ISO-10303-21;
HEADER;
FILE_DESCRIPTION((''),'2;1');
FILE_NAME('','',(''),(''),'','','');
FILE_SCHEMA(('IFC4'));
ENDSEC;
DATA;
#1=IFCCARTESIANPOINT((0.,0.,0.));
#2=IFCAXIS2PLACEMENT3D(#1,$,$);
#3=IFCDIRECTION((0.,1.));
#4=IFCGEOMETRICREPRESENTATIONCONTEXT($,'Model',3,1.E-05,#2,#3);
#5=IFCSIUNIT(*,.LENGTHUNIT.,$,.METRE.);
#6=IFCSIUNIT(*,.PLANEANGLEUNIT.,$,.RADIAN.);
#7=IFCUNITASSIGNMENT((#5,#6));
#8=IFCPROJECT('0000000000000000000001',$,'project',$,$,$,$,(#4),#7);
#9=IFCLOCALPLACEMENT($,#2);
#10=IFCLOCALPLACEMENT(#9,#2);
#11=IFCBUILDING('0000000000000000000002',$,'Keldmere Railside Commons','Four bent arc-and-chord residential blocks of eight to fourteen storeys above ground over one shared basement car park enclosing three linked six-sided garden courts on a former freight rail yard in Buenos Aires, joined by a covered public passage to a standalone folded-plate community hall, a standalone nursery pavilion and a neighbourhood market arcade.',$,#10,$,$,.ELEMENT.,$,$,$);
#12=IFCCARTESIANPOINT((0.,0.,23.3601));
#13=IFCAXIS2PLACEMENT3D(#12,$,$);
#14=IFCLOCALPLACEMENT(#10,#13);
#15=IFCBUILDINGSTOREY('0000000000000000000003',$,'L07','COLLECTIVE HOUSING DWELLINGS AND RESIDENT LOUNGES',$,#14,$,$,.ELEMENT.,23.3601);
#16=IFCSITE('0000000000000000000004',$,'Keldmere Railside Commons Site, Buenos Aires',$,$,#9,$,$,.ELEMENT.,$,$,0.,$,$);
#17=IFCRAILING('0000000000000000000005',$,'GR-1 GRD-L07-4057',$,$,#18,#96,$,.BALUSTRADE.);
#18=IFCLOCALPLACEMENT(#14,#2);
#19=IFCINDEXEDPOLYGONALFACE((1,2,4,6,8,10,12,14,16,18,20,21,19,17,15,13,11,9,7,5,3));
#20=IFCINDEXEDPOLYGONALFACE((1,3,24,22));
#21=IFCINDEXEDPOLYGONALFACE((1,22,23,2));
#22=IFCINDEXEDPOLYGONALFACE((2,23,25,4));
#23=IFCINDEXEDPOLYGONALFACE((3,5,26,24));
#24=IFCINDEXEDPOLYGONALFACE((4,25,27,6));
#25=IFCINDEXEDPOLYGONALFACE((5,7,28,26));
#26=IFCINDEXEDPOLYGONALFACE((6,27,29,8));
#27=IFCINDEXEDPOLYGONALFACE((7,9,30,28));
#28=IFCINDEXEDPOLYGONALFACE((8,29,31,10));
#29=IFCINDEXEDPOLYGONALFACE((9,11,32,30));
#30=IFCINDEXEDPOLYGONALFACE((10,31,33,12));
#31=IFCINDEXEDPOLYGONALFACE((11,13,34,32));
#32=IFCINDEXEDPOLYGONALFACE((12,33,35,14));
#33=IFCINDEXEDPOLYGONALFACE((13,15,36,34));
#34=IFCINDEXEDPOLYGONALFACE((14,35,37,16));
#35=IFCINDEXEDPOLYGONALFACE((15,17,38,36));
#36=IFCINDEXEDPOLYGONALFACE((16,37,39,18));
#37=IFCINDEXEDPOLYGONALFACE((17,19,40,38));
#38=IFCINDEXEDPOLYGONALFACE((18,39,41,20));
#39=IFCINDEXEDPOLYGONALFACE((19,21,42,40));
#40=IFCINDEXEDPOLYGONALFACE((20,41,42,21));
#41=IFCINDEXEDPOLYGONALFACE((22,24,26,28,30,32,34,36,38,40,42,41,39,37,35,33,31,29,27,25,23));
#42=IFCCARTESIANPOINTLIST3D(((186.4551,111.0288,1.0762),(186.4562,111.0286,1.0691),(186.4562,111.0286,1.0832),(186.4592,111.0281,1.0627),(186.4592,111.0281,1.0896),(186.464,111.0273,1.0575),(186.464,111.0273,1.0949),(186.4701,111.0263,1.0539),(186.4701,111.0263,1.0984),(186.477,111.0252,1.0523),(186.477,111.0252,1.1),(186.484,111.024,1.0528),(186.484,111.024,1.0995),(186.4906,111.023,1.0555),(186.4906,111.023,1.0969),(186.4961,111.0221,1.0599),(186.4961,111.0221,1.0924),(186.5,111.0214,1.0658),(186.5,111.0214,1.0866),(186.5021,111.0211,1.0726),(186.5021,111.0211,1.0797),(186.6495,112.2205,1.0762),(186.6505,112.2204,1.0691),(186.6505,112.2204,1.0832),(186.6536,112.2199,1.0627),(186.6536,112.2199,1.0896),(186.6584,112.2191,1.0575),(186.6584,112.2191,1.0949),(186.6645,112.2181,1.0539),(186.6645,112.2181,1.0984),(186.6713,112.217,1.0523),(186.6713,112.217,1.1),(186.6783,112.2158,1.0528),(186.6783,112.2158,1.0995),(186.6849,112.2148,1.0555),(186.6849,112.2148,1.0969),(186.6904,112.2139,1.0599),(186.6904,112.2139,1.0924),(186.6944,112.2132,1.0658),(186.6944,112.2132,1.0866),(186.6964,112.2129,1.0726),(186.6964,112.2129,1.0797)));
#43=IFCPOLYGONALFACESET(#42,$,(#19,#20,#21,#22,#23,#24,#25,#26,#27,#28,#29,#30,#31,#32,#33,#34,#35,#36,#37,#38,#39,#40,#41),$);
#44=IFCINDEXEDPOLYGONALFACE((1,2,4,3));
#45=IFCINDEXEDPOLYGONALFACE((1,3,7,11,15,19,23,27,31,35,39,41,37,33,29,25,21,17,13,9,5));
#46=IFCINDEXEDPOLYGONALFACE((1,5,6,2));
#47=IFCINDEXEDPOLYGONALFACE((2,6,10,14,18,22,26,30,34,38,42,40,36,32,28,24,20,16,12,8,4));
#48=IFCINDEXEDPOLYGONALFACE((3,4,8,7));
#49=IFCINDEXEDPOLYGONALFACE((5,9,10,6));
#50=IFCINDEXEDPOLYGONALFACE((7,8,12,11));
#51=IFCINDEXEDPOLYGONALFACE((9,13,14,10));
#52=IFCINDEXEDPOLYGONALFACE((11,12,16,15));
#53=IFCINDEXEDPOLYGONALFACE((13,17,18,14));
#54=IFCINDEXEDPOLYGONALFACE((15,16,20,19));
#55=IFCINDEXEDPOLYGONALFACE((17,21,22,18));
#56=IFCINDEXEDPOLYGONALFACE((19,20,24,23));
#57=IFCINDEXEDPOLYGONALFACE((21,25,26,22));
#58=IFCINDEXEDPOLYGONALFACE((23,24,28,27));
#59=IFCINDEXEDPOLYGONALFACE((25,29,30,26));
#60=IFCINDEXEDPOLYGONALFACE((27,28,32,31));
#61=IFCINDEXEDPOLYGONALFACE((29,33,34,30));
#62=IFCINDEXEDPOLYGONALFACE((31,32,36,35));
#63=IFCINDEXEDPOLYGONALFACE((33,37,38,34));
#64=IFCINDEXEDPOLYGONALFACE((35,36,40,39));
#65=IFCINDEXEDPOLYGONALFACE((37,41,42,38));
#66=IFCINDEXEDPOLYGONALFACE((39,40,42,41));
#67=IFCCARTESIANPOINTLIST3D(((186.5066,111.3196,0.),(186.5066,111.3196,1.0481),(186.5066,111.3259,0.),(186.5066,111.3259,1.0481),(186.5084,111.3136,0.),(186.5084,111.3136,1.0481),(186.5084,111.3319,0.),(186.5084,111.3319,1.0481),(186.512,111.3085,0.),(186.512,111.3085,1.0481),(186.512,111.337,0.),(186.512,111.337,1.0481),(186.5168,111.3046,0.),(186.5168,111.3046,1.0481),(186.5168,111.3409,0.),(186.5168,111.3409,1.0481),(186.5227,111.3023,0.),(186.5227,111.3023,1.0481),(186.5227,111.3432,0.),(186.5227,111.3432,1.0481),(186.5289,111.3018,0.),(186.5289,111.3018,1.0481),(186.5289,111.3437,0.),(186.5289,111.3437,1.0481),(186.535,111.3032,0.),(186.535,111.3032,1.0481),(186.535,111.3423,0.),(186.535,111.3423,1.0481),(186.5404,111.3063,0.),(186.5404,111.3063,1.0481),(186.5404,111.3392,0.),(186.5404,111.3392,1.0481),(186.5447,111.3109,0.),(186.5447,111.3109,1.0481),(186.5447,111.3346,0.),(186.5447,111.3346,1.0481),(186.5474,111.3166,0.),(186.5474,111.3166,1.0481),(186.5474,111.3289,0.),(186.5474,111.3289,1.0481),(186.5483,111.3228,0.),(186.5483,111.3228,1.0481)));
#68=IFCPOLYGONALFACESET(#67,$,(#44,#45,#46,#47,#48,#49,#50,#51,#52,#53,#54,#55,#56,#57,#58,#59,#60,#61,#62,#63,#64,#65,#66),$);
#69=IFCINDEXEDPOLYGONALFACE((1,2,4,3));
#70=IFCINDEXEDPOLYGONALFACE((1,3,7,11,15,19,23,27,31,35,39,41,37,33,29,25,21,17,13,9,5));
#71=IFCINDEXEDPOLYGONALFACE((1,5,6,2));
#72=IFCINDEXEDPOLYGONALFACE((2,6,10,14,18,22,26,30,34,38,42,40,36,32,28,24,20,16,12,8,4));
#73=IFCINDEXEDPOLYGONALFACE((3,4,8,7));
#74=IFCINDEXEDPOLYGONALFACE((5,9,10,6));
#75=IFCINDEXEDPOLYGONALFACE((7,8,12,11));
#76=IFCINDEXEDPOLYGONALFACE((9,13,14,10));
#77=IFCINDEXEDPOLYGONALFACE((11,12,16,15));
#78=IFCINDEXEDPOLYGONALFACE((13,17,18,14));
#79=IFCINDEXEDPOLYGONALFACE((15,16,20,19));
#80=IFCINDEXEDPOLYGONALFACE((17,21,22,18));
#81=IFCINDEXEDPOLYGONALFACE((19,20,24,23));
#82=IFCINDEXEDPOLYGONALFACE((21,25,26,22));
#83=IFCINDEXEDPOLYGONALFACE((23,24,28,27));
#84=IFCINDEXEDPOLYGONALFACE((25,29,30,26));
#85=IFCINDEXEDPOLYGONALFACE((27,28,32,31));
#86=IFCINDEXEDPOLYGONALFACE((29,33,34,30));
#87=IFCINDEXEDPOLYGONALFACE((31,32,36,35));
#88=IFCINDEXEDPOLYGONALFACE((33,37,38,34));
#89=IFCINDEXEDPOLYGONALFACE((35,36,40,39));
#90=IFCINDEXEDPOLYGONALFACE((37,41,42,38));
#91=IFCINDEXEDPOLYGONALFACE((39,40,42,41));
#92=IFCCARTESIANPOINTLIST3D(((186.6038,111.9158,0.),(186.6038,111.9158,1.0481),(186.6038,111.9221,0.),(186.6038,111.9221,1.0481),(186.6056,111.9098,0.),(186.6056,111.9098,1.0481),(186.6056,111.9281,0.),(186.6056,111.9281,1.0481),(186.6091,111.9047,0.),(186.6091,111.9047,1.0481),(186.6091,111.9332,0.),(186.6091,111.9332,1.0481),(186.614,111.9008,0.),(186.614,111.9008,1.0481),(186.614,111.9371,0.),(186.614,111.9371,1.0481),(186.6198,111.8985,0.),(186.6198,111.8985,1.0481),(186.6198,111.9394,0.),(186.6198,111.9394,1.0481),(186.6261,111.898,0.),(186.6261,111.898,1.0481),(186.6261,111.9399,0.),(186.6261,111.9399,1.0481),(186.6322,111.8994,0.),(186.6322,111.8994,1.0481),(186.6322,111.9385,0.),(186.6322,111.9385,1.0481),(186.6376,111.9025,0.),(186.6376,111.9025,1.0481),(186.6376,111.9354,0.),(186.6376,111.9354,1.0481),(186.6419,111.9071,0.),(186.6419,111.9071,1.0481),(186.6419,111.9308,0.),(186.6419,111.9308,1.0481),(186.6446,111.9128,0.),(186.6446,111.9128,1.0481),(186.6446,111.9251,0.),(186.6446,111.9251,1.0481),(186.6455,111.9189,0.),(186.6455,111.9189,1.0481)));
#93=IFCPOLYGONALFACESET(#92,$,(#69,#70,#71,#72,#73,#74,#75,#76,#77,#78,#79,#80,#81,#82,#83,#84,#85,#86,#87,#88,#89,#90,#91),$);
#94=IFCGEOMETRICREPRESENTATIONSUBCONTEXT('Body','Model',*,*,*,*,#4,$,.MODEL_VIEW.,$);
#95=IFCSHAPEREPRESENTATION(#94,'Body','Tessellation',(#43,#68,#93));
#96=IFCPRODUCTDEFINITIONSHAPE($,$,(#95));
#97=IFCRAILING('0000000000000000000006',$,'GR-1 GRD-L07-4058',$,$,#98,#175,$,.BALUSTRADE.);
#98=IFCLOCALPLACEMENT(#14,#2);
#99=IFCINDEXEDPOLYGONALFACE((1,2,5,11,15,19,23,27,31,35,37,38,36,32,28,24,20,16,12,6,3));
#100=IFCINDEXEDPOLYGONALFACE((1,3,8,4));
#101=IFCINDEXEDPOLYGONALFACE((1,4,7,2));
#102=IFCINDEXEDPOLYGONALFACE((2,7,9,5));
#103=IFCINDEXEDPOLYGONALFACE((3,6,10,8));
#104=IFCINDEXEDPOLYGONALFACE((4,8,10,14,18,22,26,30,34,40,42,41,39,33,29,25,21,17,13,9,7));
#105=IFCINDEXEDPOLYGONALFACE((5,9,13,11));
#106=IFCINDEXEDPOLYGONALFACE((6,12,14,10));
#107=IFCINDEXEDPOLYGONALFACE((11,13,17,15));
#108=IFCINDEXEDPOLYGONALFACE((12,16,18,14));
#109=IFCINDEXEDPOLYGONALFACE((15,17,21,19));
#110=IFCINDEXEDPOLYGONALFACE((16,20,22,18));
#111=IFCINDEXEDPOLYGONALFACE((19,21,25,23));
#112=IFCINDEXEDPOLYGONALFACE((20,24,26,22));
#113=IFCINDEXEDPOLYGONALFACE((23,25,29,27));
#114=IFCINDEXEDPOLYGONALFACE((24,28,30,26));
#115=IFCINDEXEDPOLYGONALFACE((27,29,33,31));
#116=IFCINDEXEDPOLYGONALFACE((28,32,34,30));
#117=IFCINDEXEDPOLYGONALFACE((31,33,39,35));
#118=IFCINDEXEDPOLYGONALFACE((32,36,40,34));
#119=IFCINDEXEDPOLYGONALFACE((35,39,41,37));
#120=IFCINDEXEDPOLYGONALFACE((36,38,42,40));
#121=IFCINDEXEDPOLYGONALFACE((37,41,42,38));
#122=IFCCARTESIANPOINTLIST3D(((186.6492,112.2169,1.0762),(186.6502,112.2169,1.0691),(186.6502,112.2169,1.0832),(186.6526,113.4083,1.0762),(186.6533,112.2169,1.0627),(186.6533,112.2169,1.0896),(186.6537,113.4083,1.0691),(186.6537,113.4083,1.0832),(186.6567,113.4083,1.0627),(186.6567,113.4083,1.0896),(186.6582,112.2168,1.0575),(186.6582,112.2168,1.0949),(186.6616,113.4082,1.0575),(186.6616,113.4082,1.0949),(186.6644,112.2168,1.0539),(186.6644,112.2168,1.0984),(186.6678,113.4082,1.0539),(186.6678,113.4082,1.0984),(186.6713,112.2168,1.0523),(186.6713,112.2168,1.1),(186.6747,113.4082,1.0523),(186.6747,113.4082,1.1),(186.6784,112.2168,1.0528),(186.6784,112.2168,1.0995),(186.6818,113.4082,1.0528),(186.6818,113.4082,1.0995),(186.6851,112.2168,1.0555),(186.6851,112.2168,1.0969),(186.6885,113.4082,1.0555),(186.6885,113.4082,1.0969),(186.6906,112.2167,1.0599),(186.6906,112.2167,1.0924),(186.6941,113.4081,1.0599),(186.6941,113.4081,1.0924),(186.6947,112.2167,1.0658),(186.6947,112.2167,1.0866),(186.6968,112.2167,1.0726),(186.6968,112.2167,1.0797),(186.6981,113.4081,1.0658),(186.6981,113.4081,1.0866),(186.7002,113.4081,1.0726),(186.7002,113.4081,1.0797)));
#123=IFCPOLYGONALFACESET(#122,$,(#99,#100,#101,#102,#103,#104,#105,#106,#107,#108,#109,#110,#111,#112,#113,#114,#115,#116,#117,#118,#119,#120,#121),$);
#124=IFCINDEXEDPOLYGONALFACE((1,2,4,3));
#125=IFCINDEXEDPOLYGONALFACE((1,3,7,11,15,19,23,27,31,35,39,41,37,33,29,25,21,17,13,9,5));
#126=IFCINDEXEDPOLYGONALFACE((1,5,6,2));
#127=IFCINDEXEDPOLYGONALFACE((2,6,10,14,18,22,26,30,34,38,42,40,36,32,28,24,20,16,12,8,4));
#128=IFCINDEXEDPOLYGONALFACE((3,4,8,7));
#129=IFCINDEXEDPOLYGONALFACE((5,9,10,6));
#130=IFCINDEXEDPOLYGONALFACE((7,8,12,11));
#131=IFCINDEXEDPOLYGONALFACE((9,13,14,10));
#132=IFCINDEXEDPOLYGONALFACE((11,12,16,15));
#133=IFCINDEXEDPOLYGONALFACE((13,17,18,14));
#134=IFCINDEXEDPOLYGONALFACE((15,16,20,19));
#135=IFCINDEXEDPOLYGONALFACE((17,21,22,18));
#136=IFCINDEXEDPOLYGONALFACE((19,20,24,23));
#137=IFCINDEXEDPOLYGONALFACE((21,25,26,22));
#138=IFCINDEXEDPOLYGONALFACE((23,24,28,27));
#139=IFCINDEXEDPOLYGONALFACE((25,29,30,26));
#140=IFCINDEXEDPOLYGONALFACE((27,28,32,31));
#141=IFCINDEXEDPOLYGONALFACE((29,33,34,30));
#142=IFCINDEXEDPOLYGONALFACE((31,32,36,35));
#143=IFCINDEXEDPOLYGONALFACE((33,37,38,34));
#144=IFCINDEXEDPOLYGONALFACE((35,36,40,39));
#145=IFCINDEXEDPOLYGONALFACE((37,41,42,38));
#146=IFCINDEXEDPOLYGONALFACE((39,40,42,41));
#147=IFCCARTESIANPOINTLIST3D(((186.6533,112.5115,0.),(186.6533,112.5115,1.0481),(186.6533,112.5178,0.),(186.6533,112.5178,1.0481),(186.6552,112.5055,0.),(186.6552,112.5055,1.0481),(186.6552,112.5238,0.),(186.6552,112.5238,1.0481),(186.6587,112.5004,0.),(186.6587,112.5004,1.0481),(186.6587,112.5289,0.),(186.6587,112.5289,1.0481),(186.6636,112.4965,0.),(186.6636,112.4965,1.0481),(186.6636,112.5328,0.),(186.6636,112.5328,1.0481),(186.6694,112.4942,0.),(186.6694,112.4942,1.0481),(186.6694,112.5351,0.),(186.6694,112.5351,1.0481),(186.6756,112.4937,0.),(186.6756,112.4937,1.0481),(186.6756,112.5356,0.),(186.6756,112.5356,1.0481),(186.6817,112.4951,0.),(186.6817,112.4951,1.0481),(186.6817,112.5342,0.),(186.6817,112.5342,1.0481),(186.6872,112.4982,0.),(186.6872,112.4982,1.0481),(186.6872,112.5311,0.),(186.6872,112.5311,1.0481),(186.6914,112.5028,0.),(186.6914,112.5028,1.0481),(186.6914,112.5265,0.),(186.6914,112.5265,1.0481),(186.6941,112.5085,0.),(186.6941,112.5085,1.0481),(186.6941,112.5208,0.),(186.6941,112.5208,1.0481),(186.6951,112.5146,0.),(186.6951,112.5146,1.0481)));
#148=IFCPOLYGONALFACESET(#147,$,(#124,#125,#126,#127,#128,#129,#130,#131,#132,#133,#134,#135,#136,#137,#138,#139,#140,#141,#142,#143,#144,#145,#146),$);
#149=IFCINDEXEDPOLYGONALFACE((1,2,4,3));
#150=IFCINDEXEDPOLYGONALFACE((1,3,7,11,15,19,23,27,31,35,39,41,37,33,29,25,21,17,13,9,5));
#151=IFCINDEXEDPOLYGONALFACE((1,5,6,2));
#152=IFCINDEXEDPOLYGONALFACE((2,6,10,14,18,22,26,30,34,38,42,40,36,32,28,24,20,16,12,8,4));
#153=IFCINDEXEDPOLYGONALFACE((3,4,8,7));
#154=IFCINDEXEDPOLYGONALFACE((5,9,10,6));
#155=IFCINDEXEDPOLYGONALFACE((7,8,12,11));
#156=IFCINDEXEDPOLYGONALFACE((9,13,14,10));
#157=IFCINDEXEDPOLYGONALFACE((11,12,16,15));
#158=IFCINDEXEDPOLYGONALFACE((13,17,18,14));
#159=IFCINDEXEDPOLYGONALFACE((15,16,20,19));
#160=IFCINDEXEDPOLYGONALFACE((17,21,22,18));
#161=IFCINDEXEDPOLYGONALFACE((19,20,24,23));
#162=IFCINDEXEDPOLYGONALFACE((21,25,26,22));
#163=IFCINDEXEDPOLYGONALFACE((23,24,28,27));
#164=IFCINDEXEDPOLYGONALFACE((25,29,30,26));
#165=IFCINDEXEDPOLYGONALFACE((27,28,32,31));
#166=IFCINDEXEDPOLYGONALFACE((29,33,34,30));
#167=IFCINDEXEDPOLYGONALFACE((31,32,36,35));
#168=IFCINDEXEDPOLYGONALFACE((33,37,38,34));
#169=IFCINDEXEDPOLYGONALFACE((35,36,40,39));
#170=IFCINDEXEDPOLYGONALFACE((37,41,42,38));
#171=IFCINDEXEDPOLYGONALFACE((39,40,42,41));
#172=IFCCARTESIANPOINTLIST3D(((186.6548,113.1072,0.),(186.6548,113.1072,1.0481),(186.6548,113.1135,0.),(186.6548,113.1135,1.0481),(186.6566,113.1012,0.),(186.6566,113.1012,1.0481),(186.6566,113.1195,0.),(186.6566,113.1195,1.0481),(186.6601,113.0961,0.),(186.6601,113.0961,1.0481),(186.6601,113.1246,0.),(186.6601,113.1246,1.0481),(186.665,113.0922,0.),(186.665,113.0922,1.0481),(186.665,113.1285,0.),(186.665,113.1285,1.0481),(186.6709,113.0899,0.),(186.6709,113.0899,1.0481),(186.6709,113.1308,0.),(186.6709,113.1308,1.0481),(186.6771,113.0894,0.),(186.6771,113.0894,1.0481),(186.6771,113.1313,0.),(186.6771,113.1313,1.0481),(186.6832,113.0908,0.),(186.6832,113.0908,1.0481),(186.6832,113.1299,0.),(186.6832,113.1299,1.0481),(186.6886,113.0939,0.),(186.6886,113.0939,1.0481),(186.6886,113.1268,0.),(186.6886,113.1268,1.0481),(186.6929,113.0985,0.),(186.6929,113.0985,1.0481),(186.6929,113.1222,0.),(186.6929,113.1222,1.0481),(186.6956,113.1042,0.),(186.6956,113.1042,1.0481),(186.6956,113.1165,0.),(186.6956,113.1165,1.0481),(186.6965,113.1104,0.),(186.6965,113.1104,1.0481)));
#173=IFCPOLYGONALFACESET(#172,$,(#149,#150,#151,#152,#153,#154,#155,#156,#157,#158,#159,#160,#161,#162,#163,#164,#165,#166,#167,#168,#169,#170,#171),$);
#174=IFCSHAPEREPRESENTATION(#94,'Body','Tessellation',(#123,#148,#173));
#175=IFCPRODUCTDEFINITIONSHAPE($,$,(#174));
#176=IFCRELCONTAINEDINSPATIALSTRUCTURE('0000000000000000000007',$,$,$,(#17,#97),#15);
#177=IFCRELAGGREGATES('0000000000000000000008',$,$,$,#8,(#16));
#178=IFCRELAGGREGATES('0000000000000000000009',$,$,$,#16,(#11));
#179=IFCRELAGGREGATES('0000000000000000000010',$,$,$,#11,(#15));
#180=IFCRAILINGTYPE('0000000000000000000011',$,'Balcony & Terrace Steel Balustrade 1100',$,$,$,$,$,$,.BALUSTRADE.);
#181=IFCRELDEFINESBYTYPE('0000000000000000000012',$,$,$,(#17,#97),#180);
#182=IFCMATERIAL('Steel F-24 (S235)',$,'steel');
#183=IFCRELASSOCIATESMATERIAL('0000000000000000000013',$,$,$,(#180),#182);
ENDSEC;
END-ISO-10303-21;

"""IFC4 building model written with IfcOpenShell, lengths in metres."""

from ifc_helpers import new_model, si_unit, direction, frame, origin, origin_2d, place, context, subcontext, project, spatial, circle, extrude, material, type_object, element, save


model = new_model("IFC4")

# Units and contexts
model_context = context("Model", 3, precision=1e-05, world=origin(), true_north=direction((0.0, 1.0)))
body_context = subcontext(model_context, "Body", "Model", "MODEL_VIEW")
ifc_project = project(units=[si_unit("LENGTHUNIT", "METRE"), si_unit("PLANEANGLEUNIT", "RADIAN")], contexts=[model_context])

# Site, building, storey
site_placement = place(None, origin())
site = spatial("IfcSite", under=ifc_project, at=site_placement, Name="Keldmere Railside Commons Site, Buenos Aires", CompositionType="ELEMENT", RefElevation=0.0)
building_placement = place(site_placement, origin())
building = spatial("IfcBuilding", under=site, at=building_placement, Name="Keldmere Railside Commons", Description="Four bent arc-and-chord residential blocks of eight to fourteen storeys above ground over one shared basement car park enclosing three linked six-sided garden courts on a former freight rail yard in Buenos Aires, joined by a covered public passage to a standalone folded-plate community hall, a standalone nursery pavilion and a neighbourhood market arcade.", CompositionType="ELEMENT")
storey_placement = place(building_placement, frame((0.0, 0.0, 23.3601)))
storey = spatial("IfcBuildingStorey", under=building, at=storey_placement, Name="L07", Description="COLLECTIVE HOUSING DWELLINGS AND RESIDENT LOUNGES", CompositionType="ELEMENT", Elevation=23.3601)

# Railings
ifc_material_1 = material(Name="Steel F-24 (S235)", Category="steel")
railing_type = type_object("IfcRailingType", Name="Balcony & Terrace Steel Balustrade 1100", PredefinedType="BALUSTRADE", material=ifc_material_1)
railing_1_placement = place(storey_placement, frame((186.4788, 111.0249, 0.0)))
element("IfcRailing", 1, at=railing_1_placement, inside=storey, type_object=railing_type, Name="GR-1 GRD-L07-4057", PredefinedType="BALUSTRADE", context=body_context, shape_type="SweptSolid", body=[
    extrude(circle(Radius=0.0239, at=origin_2d()), frame((0.0, 0.0, 1.0762), z_axis=(0.160923, 0.986967, 0.0), x_axis=(-0.986967, 0.160923, 0.0)), (0.0, 0.0, 1.0), 1.2075),
    extrude(circle(Radius=0.021, at=origin_2d()), frame((0.0486, 0.2979, 0.0)), (0.0, 0.0, 1.0), 1.0481),
    extrude(circle(Radius=0.021, at=origin_2d()), frame((0.1458, 0.894, 0.0)), (0.0, 0.0, 1.0), 1.0481),
])
railing_2_placement = place(storey_placement, frame((186.6731, 112.2168, 0.0)))
element("IfcRailing", 2, at=railing_2_placement, inside=storey, type_object=railing_type, Name="GR-1 GRD-L07-4058", PredefinedType="BALUSTRADE", context=body_context, shape_type="SweptSolid", body=[
    extrude(circle(Radius=0.0239, at=origin_2d()), frame((0.0, 0.0, 1.0762), z_axis=(0.002869, 0.999996, 0.0), x_axis=(-0.999996, 0.002869, 0.0)), (0.0, 0.0, 1.0), 1.1914),
    extrude(circle(Radius=0.021, at=origin_2d()), frame((0.001, 0.2979, 0.0)), (0.0, 0.0, 1.0), 1.0481),
    extrude(circle(Radius=0.021, at=origin_2d()), frame((0.0024, 0.8936, 0.0)), (0.0, 0.0, 1.0), 1.0481),
])

save(model, "model.ifc")
